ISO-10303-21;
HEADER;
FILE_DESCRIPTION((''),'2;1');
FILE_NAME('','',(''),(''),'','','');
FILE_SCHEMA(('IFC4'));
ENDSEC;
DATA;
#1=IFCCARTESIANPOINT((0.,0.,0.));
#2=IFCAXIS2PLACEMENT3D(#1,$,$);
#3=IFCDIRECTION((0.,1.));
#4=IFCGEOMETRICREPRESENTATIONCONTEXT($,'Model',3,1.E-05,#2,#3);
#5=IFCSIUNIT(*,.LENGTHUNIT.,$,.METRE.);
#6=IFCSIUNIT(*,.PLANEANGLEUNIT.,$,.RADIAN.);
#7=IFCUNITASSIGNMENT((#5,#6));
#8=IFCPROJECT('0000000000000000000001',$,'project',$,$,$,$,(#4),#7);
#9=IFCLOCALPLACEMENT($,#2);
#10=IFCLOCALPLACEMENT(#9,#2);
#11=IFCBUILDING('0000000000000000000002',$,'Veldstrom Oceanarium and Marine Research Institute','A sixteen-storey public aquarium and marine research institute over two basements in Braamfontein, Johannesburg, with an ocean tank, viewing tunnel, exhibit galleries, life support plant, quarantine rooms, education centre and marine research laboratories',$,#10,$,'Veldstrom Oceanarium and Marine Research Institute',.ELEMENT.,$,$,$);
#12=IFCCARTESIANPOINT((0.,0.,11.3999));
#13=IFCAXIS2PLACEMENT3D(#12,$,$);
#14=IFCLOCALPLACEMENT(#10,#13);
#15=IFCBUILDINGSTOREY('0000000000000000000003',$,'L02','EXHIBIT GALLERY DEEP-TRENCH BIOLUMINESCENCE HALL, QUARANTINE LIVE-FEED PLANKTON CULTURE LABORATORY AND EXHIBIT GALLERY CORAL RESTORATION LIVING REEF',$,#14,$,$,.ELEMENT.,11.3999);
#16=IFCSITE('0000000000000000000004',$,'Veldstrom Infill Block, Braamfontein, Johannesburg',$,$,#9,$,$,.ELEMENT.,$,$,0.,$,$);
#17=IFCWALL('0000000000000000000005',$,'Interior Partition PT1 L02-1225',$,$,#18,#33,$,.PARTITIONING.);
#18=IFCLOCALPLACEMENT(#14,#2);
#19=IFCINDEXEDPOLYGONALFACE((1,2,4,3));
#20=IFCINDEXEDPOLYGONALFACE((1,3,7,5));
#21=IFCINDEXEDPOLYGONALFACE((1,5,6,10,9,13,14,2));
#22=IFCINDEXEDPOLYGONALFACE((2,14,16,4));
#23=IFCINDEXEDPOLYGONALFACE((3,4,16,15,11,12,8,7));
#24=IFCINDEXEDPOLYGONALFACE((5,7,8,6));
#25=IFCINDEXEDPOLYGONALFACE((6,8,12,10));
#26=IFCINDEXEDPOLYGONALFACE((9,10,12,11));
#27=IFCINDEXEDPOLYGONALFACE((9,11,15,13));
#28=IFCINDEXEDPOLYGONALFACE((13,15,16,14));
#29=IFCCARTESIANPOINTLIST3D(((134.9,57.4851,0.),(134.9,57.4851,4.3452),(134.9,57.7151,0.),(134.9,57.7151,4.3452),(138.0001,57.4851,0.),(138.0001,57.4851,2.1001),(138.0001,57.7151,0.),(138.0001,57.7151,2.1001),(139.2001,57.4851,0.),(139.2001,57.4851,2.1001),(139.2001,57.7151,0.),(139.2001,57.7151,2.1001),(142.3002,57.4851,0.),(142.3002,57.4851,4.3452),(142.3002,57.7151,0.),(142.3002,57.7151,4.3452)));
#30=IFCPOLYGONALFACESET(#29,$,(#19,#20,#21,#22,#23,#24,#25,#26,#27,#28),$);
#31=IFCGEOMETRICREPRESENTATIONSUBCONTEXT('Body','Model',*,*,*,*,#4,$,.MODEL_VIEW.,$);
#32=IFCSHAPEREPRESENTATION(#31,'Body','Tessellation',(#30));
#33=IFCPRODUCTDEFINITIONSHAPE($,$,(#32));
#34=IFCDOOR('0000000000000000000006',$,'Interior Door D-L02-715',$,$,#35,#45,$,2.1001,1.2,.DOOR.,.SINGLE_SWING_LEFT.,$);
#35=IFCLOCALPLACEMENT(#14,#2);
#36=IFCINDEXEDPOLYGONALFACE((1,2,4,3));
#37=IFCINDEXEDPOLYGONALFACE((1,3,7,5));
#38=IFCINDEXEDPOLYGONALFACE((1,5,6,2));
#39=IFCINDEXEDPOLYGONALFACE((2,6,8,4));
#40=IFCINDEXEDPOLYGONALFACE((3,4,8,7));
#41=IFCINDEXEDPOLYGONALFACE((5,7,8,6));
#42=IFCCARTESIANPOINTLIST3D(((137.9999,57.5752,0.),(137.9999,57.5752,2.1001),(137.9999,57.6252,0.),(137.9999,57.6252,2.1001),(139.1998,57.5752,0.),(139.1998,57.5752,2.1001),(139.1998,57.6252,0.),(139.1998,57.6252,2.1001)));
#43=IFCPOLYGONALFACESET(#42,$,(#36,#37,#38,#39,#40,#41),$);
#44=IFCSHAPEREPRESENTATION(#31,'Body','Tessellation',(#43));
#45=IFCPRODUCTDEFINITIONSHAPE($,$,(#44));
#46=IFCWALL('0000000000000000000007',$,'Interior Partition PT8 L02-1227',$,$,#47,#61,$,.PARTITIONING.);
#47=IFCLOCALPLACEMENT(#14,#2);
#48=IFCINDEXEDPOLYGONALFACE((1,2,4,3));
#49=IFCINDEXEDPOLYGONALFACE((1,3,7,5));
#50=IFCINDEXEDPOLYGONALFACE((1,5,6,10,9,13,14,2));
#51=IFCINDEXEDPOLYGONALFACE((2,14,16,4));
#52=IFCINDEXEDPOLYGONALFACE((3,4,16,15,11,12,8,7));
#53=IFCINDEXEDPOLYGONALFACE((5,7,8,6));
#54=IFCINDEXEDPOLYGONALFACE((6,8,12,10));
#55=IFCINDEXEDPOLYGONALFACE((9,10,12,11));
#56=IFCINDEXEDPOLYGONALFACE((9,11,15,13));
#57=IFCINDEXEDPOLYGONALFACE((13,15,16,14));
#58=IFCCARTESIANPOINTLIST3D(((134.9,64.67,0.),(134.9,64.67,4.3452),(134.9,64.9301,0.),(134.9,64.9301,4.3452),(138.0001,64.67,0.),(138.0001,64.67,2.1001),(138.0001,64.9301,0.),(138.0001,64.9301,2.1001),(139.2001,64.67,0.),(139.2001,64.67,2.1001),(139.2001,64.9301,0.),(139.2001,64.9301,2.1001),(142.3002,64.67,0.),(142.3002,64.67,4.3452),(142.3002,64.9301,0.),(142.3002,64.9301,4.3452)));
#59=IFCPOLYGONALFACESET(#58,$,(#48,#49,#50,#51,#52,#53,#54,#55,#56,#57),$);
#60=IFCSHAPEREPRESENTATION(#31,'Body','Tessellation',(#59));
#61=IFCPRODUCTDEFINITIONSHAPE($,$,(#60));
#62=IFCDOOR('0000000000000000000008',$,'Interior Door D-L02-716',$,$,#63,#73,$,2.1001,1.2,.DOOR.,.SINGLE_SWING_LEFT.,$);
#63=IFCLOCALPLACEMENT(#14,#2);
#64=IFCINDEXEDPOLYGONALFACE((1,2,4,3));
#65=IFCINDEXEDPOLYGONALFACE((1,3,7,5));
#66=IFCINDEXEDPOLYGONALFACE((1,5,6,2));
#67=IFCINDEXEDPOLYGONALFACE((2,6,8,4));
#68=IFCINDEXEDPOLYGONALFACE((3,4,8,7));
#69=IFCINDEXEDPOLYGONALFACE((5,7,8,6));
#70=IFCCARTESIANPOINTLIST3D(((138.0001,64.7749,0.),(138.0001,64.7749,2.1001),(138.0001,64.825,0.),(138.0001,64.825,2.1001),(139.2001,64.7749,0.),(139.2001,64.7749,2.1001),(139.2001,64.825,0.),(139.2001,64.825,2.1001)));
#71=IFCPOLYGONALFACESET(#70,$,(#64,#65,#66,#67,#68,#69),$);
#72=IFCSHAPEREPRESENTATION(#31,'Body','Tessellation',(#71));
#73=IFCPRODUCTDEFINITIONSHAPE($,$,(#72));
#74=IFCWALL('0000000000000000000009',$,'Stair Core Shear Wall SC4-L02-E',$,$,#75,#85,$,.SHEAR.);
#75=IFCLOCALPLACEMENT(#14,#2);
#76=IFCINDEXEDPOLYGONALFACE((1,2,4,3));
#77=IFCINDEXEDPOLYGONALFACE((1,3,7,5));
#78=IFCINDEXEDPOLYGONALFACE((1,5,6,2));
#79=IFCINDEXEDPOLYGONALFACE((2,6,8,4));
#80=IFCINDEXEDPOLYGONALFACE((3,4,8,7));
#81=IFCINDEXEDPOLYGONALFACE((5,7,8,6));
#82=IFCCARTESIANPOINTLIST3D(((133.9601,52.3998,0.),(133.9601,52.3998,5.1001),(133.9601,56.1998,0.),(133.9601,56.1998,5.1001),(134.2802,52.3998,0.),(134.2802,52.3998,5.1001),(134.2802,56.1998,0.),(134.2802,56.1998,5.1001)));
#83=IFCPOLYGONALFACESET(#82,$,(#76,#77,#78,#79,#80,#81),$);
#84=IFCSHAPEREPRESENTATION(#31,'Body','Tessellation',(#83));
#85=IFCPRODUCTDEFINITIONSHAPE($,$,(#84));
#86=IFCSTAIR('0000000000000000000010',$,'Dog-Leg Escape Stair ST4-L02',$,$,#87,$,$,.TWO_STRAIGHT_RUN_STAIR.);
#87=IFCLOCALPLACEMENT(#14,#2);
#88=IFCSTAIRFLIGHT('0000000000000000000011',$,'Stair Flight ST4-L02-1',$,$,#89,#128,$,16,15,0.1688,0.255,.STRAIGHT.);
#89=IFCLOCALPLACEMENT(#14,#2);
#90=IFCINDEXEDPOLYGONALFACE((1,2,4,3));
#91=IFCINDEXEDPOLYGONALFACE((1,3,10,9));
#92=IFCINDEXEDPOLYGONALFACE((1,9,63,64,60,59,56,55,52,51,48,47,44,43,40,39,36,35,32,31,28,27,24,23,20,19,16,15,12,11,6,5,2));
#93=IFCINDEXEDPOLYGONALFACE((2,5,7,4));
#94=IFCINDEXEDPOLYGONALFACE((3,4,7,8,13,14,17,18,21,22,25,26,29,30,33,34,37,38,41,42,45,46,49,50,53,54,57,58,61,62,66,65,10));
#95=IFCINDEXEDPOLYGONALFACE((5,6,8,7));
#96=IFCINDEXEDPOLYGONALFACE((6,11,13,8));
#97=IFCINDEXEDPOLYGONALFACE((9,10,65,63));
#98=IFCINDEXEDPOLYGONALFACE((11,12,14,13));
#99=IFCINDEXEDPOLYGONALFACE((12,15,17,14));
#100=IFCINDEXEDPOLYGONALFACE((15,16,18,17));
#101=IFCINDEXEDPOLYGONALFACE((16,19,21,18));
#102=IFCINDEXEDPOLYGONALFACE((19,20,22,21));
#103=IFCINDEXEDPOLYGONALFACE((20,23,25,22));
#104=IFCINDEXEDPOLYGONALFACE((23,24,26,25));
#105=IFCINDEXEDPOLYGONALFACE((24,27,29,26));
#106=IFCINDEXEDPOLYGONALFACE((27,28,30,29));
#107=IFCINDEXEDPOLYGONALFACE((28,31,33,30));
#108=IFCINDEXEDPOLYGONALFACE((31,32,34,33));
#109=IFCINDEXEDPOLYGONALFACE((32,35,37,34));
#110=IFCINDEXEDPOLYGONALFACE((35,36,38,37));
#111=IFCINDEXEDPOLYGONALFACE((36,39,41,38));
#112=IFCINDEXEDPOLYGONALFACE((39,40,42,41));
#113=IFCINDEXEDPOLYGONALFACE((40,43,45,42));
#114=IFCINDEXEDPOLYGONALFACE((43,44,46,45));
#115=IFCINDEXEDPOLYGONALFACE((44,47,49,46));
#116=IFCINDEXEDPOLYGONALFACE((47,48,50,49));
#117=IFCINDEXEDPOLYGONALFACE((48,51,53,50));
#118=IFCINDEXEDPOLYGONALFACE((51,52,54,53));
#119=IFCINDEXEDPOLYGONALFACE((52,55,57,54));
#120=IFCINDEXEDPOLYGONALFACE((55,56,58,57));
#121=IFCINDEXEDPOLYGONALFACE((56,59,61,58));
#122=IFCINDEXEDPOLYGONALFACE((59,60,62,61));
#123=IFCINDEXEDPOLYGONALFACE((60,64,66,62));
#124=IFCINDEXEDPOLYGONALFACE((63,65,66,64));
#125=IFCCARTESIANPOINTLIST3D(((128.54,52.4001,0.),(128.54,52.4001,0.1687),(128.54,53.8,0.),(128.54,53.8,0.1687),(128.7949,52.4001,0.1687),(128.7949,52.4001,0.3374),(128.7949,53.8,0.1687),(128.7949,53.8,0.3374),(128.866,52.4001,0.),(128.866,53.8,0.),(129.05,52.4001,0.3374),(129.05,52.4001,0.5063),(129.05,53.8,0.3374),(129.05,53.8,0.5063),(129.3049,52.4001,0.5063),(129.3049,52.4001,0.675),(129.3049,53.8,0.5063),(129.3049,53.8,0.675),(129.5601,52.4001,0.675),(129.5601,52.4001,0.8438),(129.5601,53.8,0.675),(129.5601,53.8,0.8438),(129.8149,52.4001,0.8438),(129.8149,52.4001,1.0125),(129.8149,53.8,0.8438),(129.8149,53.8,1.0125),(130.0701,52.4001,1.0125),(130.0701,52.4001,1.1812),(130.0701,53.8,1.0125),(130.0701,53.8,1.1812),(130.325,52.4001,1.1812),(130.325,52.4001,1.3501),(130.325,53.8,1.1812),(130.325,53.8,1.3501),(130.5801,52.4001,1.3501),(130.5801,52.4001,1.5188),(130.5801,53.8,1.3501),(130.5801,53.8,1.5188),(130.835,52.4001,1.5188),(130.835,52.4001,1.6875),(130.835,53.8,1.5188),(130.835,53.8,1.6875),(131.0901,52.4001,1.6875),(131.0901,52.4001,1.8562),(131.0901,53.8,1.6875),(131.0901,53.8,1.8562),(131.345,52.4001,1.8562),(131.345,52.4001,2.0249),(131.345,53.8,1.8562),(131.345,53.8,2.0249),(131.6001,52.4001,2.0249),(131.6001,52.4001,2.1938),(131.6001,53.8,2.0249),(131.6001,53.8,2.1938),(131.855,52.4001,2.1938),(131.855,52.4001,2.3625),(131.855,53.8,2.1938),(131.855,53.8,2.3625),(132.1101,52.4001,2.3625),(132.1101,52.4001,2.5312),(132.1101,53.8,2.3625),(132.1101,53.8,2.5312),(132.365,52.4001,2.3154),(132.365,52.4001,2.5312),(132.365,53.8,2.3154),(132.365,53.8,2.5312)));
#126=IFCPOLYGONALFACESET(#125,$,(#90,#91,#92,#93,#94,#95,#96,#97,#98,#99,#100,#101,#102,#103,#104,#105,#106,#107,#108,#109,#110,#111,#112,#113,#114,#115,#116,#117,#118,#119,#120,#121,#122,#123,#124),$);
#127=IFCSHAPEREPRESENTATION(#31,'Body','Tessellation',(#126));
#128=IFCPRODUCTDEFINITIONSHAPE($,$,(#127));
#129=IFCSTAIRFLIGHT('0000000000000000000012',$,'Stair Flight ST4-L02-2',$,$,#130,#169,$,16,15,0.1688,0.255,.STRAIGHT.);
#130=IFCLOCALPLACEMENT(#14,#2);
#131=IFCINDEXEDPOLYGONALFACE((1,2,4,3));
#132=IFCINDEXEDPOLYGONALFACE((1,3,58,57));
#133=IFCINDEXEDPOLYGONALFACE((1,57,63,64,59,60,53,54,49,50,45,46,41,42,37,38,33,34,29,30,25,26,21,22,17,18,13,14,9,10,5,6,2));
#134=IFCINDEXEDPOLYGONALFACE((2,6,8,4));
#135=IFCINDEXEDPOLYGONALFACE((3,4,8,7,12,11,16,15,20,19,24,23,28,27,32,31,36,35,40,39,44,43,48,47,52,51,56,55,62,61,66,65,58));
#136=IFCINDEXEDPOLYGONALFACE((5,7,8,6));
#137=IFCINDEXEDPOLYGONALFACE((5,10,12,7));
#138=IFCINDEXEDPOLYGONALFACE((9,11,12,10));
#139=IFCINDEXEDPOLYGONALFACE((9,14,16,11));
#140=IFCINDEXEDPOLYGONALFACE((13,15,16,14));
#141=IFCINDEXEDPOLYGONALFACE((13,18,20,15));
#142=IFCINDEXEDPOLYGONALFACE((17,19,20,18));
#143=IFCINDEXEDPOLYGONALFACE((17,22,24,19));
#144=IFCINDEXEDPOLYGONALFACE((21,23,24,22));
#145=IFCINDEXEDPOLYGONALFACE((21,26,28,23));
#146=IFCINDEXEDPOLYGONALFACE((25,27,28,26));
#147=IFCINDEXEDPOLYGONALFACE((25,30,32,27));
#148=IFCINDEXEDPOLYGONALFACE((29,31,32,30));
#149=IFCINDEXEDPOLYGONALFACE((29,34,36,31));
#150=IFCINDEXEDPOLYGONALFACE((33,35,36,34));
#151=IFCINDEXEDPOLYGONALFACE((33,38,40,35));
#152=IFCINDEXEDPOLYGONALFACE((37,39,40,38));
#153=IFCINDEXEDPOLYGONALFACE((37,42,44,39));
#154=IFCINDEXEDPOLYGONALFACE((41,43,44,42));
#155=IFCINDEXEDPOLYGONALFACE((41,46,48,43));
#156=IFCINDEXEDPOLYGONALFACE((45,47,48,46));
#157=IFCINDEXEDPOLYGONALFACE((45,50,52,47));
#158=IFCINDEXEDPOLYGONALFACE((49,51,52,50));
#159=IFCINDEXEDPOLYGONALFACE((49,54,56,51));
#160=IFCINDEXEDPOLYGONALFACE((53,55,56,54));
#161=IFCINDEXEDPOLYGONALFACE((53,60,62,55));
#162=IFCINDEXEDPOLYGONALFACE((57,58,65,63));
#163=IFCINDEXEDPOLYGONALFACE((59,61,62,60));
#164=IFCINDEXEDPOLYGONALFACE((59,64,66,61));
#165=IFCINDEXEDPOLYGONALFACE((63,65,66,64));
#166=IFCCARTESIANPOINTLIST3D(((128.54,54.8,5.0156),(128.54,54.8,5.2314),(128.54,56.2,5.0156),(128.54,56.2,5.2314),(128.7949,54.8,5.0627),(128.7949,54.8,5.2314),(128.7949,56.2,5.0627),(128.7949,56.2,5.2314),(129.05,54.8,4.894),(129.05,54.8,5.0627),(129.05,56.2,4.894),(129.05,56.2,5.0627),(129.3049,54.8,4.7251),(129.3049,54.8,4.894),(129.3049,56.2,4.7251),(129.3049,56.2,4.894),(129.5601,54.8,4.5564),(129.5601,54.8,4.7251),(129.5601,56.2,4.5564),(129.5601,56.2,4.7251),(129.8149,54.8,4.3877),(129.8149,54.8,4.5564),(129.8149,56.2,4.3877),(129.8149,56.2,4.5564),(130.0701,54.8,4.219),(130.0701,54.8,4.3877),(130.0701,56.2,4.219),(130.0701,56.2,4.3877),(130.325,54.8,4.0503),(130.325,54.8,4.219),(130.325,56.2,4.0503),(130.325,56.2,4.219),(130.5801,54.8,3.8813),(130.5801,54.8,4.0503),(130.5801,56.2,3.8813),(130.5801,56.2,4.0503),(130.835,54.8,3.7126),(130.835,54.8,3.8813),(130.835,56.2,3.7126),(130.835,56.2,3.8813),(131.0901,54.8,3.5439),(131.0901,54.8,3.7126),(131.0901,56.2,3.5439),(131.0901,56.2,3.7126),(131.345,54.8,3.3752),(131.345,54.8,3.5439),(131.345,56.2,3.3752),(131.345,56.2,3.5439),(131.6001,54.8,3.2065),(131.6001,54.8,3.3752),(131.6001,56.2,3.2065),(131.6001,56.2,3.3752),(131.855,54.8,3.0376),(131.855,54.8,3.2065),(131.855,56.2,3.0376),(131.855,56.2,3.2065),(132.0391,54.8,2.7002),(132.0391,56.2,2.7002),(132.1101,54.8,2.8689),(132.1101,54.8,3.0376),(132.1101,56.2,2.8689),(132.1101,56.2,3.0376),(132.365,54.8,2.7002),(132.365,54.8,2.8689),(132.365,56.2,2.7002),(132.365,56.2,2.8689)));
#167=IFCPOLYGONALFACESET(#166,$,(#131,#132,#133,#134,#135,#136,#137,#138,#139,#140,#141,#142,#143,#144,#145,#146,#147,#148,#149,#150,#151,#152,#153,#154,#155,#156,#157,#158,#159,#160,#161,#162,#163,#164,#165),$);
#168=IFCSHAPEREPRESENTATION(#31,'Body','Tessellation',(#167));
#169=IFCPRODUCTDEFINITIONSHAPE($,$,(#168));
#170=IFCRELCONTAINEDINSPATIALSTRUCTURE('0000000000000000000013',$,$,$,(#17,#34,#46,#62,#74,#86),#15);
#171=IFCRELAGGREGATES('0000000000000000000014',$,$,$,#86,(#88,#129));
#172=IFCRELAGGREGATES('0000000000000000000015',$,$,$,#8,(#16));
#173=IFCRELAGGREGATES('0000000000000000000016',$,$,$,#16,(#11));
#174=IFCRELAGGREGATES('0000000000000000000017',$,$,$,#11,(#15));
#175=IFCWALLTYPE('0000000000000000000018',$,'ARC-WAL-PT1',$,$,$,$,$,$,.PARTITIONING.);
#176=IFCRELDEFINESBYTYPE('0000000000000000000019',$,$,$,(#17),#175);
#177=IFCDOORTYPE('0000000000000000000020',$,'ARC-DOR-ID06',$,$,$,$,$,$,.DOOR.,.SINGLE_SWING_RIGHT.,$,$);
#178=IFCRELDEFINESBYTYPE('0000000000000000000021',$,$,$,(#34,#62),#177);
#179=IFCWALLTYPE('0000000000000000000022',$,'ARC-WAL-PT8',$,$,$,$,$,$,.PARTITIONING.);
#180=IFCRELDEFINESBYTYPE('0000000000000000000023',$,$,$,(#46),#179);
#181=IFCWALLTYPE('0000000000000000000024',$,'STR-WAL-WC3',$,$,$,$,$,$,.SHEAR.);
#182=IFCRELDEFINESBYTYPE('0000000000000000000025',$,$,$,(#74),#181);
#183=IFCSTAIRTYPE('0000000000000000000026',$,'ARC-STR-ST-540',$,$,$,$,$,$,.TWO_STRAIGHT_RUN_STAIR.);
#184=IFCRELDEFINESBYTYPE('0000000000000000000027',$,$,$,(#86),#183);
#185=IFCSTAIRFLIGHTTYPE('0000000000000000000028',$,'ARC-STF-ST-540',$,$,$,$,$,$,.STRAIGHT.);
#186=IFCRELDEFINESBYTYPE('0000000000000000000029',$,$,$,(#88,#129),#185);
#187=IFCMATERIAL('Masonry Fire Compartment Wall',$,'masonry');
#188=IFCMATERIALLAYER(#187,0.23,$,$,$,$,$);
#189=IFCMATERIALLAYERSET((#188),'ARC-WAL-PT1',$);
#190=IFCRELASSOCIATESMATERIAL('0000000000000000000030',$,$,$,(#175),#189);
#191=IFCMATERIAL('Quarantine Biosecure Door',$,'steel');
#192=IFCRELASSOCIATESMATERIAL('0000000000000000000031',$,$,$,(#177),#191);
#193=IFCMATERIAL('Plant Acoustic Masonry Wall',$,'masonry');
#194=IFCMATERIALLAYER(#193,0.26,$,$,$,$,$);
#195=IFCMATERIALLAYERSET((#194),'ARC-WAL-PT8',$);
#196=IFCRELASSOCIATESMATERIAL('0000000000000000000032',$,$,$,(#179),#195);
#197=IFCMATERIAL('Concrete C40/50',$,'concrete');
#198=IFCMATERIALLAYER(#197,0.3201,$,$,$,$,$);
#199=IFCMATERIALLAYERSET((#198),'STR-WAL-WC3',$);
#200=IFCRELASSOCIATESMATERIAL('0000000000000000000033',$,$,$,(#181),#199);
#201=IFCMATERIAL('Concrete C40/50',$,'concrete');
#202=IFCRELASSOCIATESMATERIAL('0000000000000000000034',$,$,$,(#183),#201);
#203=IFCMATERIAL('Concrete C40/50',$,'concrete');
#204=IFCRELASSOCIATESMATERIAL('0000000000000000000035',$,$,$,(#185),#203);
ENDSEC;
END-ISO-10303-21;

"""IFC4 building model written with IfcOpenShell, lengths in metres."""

from ifc_helpers import new_model, si_unit, direction, frame, frame_2d, origin, place, context, subcontext, project, spatial, polyline, rectangle, outline, extrude, material, layer, layer_set, type_object, element, fill, aggregate, save


model = new_model("IFC4")

# Units and contexts
model_context = context("Model", 3, precision=1e-05, world=origin(), true_north=direction((0.0, 1.0)))
body_context = subcontext(model_context, "Body", "Model", "MODEL_VIEW")
ifc_project = project(units=[si_unit("LENGTHUNIT", "METRE"), si_unit("PLANEANGLEUNIT", "RADIAN")], contexts=[model_context])

# Site, building, storey
site_placement = place(None, origin())
site = spatial("IfcSite", under=ifc_project, at=site_placement, Name="Veldstrom Infill Block, Braamfontein, Johannesburg", CompositionType="ELEMENT", RefElevation=0.0)
building_placement = place(site_placement, origin())
building = spatial("IfcBuilding", under=site, at=building_placement, Name="Veldstrom Oceanarium and Marine Research Institute", Description="A sixteen-storey public aquarium and marine research institute over two basements in Braamfontein, Johannesburg, with an ocean tank, viewing tunnel, exhibit galleries, life support plant, quarantine rooms, education centre and marine research laboratories", LongName="Veldstrom Oceanarium and Marine Research Institute", CompositionType="ELEMENT")
storey_placement = place(building_placement, frame((0.0, 0.0, 11.3999)))
storey = spatial("IfcBuildingStorey", under=building, at=storey_placement, Name="L02", Description="EXHIBIT GALLERY DEEP-TRENCH BIOLUMINESCENCE HALL, QUARANTINE LIVE-FEED PLANKTON CULTURE LABORATORY AND EXHIBIT GALLERY CORAL RESTORATION LIVING REEF", CompositionType="ELEMENT", Elevation=11.3999)

# Shared definitions
ifc_material_1 = material(Name="Masonry Fire Compartment Wall", Category="masonry")
ifc_layer_1 = layer(ifc_material_1, 0.23)
ifc_layer_set_1 = layer_set([ifc_layer_1], Name="ARC-WAL-PT1")
wall_type_1 = type_object("IfcWallType", Name="ARC-WAL-PT1", PredefinedType="PARTITIONING", material=ifc_layer_set_1)

# Walls, openings, doors
wall_1_placement = place(storey_placement, frame((134.8999, 57.6001, 0.0), z_axis=(0.0, 0.0, 1.0), x_axis=(1.0, 0.0, 0.0)))
wall_1 = element("IfcWall", 1, at=wall_1_placement, inside=storey, type_object=wall_type_1, Name="Interior Partition PT1 L02-1225", PredefinedType="PARTITIONING", context=body_context, shape_type="SweptSolid", body=[
    extrude(rectangle(XDim=7.4001, YDim=0.23, at=frame_2d((3.7002, 0.0))), origin(), (0.0, 0.0, 1.0), 4.3452),
])
opening_1_placement = place(wall_1_placement, frame((3.1001, 0.0, 0.0)))
opening_1 = element("IfcOpeningElement", 2, at=opening_1_placement, cuts=wall_1, PredefinedType="OPENING", context=body_context, shape_type="SweptSolid", body=[
    extrude(rectangle(XDim=1.2, YDim=2.1001, at=frame_2d((0.6001, 1.05))), frame((0.0, 0.125, 0.0), z_axis=(0.0, -1.0, 0.0), x_axis=(1.0, 0.0, 0.0)), (0.0, 0.0, 1.0), 0.25),
])
ifc_material_2 = material(Name="Quarantine Biosecure Door", Category="steel")
door_type = type_object("IfcDoorType", Name="ARC-DOR-ID06", OperationType="SINGLE_SWING_RIGHT", PredefinedType="DOOR", material=ifc_material_2)
door_1_placement = place(opening_1_placement, frame((1.2, 0.0, 0.0), z_axis=(0.0, 0.0, 1.0), x_axis=(-1.0, 0.0, 0.0)))
door_1 = element("IfcDoor", 3, at=door_1_placement, inside=storey, type_object=door_type, Name="Interior Door D-L02-715", OperationType="SINGLE_SWING_LEFT", OverallHeight=2.1001, OverallWidth=1.2, PredefinedType="DOOR", context=body_context, shape_type="SweptSolid", body=[
    extrude(rectangle(XDim=1.2, YDim=2.1001, at=frame_2d((0.6001, 1.05))), frame((0.0, 0.0249, 0.0), z_axis=(0.0, -1.0, 0.0), x_axis=(1.0, 0.0, 0.0)), (0.0, 0.0, 1.0), 0.05),
])
fill(opening_1, door_1)
ifc_material_3 = material(Name="Plant Acoustic Masonry Wall", Category="masonry")
ifc_layer_2 = layer(ifc_material_3, 0.26)
ifc_layer_set_2 = layer_set([ifc_layer_2], Name="ARC-WAL-PT8")
wall_type_2 = type_object("IfcWallType", Name="ARC-WAL-PT8", PredefinedType="PARTITIONING", material=ifc_layer_set_2)
wall_2_placement = place(storey_placement, frame((134.8999, 64.8, 0.0), z_axis=(0.0, 0.0, 1.0), x_axis=(1.0, 0.0, 0.0)))
wall_2 = element("IfcWall", 4, at=wall_2_placement, inside=storey, type_object=wall_type_2, Name="Interior Partition PT8 L02-1227", PredefinedType="PARTITIONING", context=body_context, shape_type="SweptSolid", body=[
    extrude(rectangle(XDim=7.4001, YDim=0.26, at=frame_2d((3.7002, 0.0))), origin(), (0.0, 0.0, 1.0), 4.3452),
])
opening_2_placement = place(wall_2_placement, frame((3.1001, 0.0, 0.0)))
opening_2 = element("IfcOpeningElement", 5, at=opening_2_placement, cuts=wall_2, PredefinedType="OPENING", context=body_context, shape_type="SweptSolid", body=[
    extrude(rectangle(XDim=1.2, YDim=2.1001, at=frame_2d((0.6001, 1.05))), frame((0.0, 0.1399, 0.0), z_axis=(0.0, -1.0, 0.0), x_axis=(1.0, 0.0, 0.0)), (0.0, 0.0, 1.0), 0.28),
])
door_2_placement = place(opening_2_placement, origin())
door_2 = element("IfcDoor", 6, at=door_2_placement, inside=storey, type_object=door_type, Name="Interior Door D-L02-716", OperationType="SINGLE_SWING_LEFT", OverallHeight=2.1001, OverallWidth=1.2, PredefinedType="DOOR", context=body_context, shape_type="SweptSolid", body=[
    extrude(rectangle(XDim=1.2, YDim=2.1001, at=frame_2d((0.6001, 1.05))), frame((0.0, 0.0249, 0.0), z_axis=(0.0, -1.0, 0.0), x_axis=(1.0, 0.0, 0.0)), (0.0, 0.0, 1.0), 0.05),
])
fill(opening_2, door_2)

# Wall
ifc_material_4 = material(Name="Concrete C40/50", Category="concrete")
ifc_layer_3 = layer(ifc_material_4, 0.3201)
ifc_layer_set_3 = layer_set([ifc_layer_3], Name="STR-WAL-WC3")
wall_type_3 = type_object("IfcWallType", Name="STR-WAL-WC3", PredefinedType="SHEAR", material=ifc_layer_set_3)
wall_3_placement = place(storey_placement, frame((134.1201, 52.3999, 0.0), z_axis=(0.0, 0.0, 1.0), x_axis=(0.0, 1.0, 0.0)))
element("IfcWall", 7, at=wall_3_placement, inside=storey, type_object=wall_type_3, Name="Stair Core Shear Wall SC4-L02-E", PredefinedType="SHEAR", context=body_context, shape_type="SweptSolid", body=[
    extrude(rectangle(XDim=3.8, YDim=0.3201, at=frame_2d((1.8999, 0.0))), origin(), (0.0, 0.0, 1.0), 5.1001),
])

# Stair, stair flights
ifc_material_5 = material(Name="Concrete C40/50", Category="concrete")
stair_type = type_object("IfcStairType", Name="ARC-STR-ST-540", PredefinedType="TWO_STRAIGHT_RUN_STAIR", material=ifc_material_5)
stair_placement = place(storey_placement, origin())
stair = element("IfcStair", 8, at=stair_placement, inside=storey, type_object=stair_type, Name="Dog-Leg Escape Stair ST4-L02", PredefinedType="TWO_STRAIGHT_RUN_STAIR")
ifc_material_6 = material(Name="Concrete C40/50", Category="concrete")
stair_flight_type = type_object("IfcStairFlightType", Name="ARC-STF-ST-540", PredefinedType="STRAIGHT", material=ifc_material_6)
stair_flight_1_placement = place(storey_placement, frame((128.54, 53.1001, 0.0), z_axis=(0.0, 0.0, 1.0), x_axis=(1.0, 0.0, 0.0)))
stair_flight_1 = element("IfcStairFlight", 9, at=stair_flight_1_placement, type_object=stair_flight_type, Name="Stair Flight ST4-L02-1", NumberOfRisers=16, NumberOfTreads=15, PredefinedType="STRAIGHT", RiserHeight=0.1688, TreadLength=0.255, context=body_context, shape_type="SweptSolid", body=[
    extrude(outline(polyline([(0.0, 0.0), (0.0, 0.1687), (0.2549, 0.1687), (0.2549, 0.3374), (0.51, 0.3374), (0.51, 0.5063), (0.7649, 0.5063), (0.7649, 0.675), (1.02, 0.675), (1.02, 0.8438), (1.2749, 0.8438), (1.2749, 1.0125), (1.53, 1.0125), (1.53, 1.1812), (1.7849, 1.1812), (1.7849, 1.3501), (2.04, 1.3501), (2.04, 1.5188), (2.2949, 1.5188), (2.2949, 1.6875), (2.55, 1.6875), (2.55, 1.8562), (2.8049, 1.8562), (2.8049, 2.0249), (3.0601, 2.0249), (3.0601, 2.1938), (3.3149, 2.1938), (3.3149, 2.3625), (3.5701, 2.3625), (3.5701, 2.5312), (3.825, 2.5312), (3.825, 2.7), (3.825, 2.3154), (0.3259, 0.0), (0.0, 0.0)])), frame((0.0, 0.7, 0.0), z_axis=(0.0, -1.0, 0.0), x_axis=(1.0, 0.0, 0.0)), (0.0, 0.0, 1.0), 1.3999),
])
stair_flight_2_placement = place(storey_placement, frame((132.365, 55.5, 2.7002), z_axis=(0.0, 0.0, 1.0), x_axis=(-1.0, 0.0, 0.0)))
stair_flight_2 = element("IfcStairFlight", 10, at=stair_flight_2_placement, type_object=stair_flight_type, Name="Stair Flight ST4-L02-2", NumberOfRisers=16, NumberOfTreads=15, PredefinedType="STRAIGHT", RiserHeight=0.1688, TreadLength=0.255, context=body_context, shape_type="SweptSolid", body=[
    extrude(outline(polyline([(0.0, 0.0), (0.0, 0.1687), (0.2549, 0.1687), (0.2549, 0.3374), (0.51, 0.3374), (0.51, 0.5063), (0.7649, 0.5063), (0.7649, 0.675), (1.02, 0.675), (1.02, 0.8438), (1.2749, 0.8438), (1.2749, 1.0125), (1.53, 1.0125), (1.53, 1.1812), (1.7849, 1.1812), (1.7849, 1.3501), (2.04, 1.3501), (2.04, 1.5188), (2.2949, 1.5188), (2.2949, 1.6875), (2.55, 1.6875), (2.55, 1.8562), (2.8049, 1.8562), (2.8049, 2.0249), (3.0601, 2.0249), (3.0601, 2.1938), (3.3149, 2.1938), (3.3149, 2.3625), (3.5701, 2.3625), (3.5701, 2.5312), (3.825, 2.5312), (3.825, 2.7), (3.825, 2.3154), (0.3259, 0.0), (0.0, 0.0)])), frame((0.0, 0.7, 0.0), z_axis=(0.0, -1.0, 0.0), x_axis=(1.0, 0.0, 0.0)), (0.0, 0.0, 1.0), 1.3999),
])
aggregate(stair, [stair_flight_1, stair_flight_2])

save(model, "model.ifc")
